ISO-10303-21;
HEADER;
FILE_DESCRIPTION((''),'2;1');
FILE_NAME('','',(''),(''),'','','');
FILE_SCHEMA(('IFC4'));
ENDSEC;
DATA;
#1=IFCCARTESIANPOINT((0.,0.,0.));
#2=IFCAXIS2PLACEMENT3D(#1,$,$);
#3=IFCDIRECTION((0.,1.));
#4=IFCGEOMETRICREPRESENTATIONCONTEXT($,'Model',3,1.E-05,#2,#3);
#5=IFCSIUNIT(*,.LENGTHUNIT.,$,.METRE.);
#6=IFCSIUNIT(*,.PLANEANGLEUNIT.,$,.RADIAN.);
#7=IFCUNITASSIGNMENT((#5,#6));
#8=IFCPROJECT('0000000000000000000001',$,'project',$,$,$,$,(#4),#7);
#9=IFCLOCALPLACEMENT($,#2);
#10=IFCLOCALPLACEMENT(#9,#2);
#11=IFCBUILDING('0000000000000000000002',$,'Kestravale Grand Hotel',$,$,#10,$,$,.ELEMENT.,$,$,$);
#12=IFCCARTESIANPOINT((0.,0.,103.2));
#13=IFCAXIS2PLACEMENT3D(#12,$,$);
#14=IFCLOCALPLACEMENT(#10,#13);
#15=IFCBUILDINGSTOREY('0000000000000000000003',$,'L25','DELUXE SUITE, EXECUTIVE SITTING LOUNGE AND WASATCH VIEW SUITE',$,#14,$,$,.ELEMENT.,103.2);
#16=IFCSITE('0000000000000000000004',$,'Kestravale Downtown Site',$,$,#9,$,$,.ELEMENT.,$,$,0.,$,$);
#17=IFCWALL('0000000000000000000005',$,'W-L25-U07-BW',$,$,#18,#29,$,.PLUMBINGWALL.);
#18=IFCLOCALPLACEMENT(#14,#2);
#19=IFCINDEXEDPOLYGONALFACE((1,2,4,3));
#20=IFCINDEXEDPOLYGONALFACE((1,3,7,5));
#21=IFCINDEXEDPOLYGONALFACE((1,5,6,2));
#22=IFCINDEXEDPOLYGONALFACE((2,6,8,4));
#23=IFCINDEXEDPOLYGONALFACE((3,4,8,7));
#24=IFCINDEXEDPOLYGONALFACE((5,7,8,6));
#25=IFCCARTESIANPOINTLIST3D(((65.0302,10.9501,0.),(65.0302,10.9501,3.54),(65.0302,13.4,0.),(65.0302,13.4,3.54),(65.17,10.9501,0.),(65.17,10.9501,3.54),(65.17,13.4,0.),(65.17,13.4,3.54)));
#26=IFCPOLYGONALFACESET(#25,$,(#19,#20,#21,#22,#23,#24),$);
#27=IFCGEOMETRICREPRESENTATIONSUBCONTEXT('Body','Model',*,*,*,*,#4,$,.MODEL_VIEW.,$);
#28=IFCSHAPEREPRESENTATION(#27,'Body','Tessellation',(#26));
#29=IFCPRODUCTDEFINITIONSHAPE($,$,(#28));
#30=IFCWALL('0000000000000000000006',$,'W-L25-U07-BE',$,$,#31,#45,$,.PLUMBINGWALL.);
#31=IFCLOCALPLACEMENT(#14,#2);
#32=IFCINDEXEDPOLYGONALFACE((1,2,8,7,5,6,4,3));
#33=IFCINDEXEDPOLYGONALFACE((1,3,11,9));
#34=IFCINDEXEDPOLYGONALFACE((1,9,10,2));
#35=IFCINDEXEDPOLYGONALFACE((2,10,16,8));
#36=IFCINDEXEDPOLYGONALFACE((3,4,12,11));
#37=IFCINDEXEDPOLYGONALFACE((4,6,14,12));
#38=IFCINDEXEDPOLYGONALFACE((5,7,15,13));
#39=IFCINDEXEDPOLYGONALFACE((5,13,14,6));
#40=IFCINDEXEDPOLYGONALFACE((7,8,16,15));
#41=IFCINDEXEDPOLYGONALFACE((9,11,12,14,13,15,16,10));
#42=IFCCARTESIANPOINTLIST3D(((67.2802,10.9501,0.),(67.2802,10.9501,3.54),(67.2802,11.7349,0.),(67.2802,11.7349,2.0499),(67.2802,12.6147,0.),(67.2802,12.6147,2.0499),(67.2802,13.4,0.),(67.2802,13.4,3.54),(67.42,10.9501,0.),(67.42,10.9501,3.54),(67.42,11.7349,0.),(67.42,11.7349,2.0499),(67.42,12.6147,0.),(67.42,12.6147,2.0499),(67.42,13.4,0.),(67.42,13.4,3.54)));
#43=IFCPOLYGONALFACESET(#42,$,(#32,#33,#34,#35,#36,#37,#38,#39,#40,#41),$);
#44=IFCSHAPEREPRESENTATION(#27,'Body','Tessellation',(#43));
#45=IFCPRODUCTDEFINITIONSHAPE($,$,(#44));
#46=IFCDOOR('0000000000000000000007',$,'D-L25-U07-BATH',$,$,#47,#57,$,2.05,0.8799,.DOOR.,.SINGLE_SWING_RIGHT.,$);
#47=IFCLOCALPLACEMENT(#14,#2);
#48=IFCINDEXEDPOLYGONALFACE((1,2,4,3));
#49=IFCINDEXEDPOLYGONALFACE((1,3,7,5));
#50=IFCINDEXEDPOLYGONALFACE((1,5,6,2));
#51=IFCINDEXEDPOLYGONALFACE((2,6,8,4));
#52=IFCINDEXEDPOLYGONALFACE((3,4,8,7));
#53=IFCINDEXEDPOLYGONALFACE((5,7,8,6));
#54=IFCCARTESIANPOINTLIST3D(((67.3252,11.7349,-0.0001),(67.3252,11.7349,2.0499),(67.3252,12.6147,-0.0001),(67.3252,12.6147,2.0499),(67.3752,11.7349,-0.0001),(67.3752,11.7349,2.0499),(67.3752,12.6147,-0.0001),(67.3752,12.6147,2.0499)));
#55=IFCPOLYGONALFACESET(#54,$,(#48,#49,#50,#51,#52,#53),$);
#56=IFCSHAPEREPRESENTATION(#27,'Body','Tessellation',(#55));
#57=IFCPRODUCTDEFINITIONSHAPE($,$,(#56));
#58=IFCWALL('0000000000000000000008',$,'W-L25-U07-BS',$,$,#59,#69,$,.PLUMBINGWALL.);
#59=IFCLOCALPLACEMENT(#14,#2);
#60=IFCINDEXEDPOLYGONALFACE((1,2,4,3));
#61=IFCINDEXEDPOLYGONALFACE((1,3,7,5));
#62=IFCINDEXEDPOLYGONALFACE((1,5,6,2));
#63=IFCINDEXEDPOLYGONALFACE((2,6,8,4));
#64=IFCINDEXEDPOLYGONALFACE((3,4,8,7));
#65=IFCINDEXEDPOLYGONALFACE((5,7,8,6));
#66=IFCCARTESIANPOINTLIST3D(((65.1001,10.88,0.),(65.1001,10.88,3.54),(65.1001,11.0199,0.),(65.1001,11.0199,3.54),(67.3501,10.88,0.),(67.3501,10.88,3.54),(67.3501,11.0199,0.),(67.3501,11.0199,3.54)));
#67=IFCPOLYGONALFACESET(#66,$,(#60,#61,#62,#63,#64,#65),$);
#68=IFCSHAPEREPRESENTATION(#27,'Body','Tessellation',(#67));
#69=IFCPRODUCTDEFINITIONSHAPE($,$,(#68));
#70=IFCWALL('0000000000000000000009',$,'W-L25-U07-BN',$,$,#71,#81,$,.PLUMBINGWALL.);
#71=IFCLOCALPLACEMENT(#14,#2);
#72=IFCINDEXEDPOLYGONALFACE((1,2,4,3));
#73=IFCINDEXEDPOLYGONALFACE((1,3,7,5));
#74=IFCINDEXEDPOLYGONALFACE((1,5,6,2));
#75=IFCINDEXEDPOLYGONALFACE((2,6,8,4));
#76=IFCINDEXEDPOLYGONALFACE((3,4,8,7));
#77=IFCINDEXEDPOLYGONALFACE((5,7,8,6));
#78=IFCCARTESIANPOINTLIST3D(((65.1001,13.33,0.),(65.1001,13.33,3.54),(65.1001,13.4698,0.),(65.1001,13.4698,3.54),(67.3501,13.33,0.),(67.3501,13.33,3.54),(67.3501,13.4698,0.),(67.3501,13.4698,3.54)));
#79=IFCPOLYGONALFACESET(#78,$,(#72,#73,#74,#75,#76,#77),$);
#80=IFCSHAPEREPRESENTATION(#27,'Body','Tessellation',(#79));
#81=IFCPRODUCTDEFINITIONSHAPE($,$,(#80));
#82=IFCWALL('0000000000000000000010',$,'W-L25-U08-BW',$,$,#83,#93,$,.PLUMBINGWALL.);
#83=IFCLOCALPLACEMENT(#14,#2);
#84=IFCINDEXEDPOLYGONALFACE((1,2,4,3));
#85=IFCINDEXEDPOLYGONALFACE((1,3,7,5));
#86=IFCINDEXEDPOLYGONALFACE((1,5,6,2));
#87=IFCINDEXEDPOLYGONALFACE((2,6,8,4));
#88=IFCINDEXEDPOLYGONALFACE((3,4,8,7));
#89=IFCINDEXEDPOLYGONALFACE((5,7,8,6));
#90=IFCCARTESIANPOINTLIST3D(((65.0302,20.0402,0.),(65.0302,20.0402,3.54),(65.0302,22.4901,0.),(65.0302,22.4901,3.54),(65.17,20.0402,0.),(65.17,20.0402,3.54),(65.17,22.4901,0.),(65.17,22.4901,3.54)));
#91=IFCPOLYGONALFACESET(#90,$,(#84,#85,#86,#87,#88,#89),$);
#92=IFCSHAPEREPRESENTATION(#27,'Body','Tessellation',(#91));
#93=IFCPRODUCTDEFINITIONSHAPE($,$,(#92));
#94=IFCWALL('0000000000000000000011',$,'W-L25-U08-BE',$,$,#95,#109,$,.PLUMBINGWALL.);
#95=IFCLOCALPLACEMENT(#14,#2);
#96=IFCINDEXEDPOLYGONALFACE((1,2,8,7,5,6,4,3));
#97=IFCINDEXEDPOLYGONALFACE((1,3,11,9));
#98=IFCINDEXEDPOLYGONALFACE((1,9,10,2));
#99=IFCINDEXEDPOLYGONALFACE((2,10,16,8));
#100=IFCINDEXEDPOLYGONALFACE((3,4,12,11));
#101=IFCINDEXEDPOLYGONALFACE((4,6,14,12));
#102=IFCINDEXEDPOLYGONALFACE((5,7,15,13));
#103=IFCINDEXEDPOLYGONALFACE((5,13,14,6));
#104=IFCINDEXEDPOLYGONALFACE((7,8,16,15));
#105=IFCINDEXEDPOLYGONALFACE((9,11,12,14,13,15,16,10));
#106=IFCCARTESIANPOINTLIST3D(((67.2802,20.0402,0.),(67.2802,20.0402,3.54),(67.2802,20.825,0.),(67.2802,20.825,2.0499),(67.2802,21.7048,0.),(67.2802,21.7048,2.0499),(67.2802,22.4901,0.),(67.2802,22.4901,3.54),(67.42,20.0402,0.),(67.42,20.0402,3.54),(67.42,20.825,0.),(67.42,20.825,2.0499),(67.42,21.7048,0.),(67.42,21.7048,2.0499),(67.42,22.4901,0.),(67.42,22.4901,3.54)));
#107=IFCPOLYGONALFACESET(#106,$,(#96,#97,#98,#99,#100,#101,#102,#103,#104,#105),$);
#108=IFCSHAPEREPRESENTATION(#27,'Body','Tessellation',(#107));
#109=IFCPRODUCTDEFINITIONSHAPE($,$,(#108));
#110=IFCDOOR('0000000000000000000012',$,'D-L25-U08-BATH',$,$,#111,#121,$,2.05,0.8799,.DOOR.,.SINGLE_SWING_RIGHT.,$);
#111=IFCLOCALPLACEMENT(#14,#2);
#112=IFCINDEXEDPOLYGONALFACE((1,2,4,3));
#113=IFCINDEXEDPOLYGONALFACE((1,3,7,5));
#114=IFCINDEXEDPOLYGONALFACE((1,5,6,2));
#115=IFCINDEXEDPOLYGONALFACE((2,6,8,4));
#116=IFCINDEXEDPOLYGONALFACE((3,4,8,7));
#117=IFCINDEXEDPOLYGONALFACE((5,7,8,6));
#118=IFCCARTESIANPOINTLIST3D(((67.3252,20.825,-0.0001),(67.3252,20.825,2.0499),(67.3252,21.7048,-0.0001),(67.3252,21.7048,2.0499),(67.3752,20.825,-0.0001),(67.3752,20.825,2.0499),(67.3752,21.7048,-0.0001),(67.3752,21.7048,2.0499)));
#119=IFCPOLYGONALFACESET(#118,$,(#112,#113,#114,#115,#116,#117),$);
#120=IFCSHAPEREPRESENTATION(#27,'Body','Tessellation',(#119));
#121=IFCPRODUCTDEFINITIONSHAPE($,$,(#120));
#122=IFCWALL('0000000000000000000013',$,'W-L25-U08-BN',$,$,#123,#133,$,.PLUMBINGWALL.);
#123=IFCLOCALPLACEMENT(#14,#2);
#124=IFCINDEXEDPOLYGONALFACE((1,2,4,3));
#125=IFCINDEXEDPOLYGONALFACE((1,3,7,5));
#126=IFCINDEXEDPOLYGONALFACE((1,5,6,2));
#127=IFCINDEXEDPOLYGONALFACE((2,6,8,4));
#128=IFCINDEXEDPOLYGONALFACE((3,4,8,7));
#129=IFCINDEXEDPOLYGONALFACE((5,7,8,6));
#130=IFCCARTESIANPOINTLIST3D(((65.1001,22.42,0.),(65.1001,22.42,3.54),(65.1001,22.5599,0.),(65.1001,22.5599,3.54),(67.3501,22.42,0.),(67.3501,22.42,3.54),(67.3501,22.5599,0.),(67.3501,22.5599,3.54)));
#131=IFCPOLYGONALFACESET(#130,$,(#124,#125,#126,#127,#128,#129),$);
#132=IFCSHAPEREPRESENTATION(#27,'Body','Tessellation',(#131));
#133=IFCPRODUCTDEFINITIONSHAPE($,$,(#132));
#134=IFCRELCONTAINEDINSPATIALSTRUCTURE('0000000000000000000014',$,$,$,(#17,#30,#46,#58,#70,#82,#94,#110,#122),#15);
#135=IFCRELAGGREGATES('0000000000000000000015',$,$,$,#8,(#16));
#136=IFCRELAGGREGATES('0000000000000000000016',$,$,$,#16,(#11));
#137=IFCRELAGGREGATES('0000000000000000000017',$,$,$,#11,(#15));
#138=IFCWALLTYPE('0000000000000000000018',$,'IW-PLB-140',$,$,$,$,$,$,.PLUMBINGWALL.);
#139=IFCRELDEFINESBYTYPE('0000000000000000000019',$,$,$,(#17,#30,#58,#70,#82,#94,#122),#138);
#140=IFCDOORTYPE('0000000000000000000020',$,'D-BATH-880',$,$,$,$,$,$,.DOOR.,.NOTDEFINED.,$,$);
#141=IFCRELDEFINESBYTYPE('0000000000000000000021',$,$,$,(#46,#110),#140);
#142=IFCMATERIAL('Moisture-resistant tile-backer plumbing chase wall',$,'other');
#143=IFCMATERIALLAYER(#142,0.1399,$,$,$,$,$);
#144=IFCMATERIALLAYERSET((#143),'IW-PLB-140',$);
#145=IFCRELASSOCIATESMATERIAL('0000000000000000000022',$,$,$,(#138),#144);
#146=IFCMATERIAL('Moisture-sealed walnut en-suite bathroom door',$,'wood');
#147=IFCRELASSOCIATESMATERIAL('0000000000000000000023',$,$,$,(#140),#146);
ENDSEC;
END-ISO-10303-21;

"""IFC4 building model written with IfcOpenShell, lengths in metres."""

from ifc_helpers import new_model, si_unit, direction, frame, frame_2d, origin, place, context, subcontext, project, spatial, rectangle, extrude, material, layer, layer_set, type_object, element, fill, save


model = new_model("IFC4")

# Units and contexts
model_context = context("Model", 3, precision=1e-05, world=origin(), true_north=direction((0.0, 1.0)))
body_context = subcontext(model_context, "Body", "Model", "MODEL_VIEW")
ifc_project = project(units=[si_unit("LENGTHUNIT", "METRE"), si_unit("PLANEANGLEUNIT", "RADIAN")], contexts=[model_context])

# Site, building, storey
site_placement = place(None, origin())
site = spatial("IfcSite", under=ifc_project, at=site_placement, Name="Kestravale Downtown Site", CompositionType="ELEMENT", RefElevation=0.0)
building_placement = place(site_placement, origin())
building = spatial("IfcBuilding", under=site, at=building_placement, Name="Kestravale Grand Hotel", CompositionType="ELEMENT")
storey_placement = place(building_placement, frame((0.0, 0.0, 103.2)))
storey = spatial("IfcBuildingStorey", under=building, at=storey_placement, Name="L25", Description="DELUXE SUITE, EXECUTIVE SITTING LOUNGE AND WASATCH VIEW SUITE", CompositionType="ELEMENT", Elevation=103.2)

# Wall
ifc_material_1 = material(Name="Moisture-resistant tile-backer plumbing chase wall", Category="other")
ifc_layer_1 = layer(ifc_material_1, 0.1399)
ifc_layer_set_1 = layer_set([ifc_layer_1], Name="IW-PLB-140")
wall_type_1 = type_object("IfcWallType", Name="IW-PLB-140", PredefinedType="PLUMBINGWALL", material=ifc_layer_set_1)
wall_1_placement = place(storey_placement, frame((65.1001, 10.95, 0.0), z_axis=(0.0, 0.0, 1.0), x_axis=(0.0, 1.0, 0.0)))
element("IfcWall", 1, at=wall_1_placement, inside=storey, type_object=wall_type_1, Name="W-L25-U07-BW", PredefinedType="PLUMBINGWALL", context=body_context, shape_type="SweptSolid", body=[
    extrude(rectangle(XDim=2.45, YDim=0.1399, at=frame_2d((1.2251, 0.0))), origin(), (0.0, 0.0, 1.0), 3.54),
])

# Wall, opening, door
wall_2_placement = place(storey_placement, frame((67.3501, 10.95, 0.0), z_axis=(0.0, 0.0, 1.0), x_axis=(0.0, 1.0, 0.0)))
wall_2 = element("IfcWall", 2, at=wall_2_placement, inside=storey, type_object=wall_type_1, Name="W-L25-U07-BE", PredefinedType="PLUMBINGWALL", context=body_context, shape_type="SweptSolid", body=[
    extrude(rectangle(XDim=2.45, YDim=0.1399, at=frame_2d((1.2251, 0.0))), origin(), (0.0, 0.0, 1.0), 3.54),
])
opening_1_placement = place(wall_2_placement, frame((0.7849, 0.0, 0.0)))
opening_1 = element("IfcOpeningElement", 3, at=opening_1_placement, cuts=wall_2, PredefinedType="OPENING", context=body_context, shape_type="SweptSolid", body=[
    extrude(rectangle(XDim=0.8799, YDim=2.05, at=frame_2d((0.4399, 1.0249))), frame((0.0, 0.0798, 0.0), z_axis=(0.0, -1.0, 0.0), x_axis=(1.0, 0.0, 0.0)), (0.0, 0.0, 1.0), 0.1599),
])
ifc_material_2 = material(Name="Moisture-sealed walnut en-suite bathroom door", Category="wood")
door_type = type_object("IfcDoorType", Name="D-BATH-880", OperationType="NOTDEFINED", PredefinedType="DOOR", material=ifc_material_2)
door_1_placement = place(opening_1_placement, origin())
door_1 = element("IfcDoor", 4, at=door_1_placement, inside=storey, type_object=door_type, Name="D-L25-U07-BATH", OperationType="SINGLE_SWING_RIGHT", OverallHeight=2.05, OverallWidth=0.8799, PredefinedType="DOOR", context=body_context, shape_type="SweptSolid", body=[
    extrude(rectangle(XDim=0.8799, YDim=2.05, at=frame_2d((0.4399, 1.0249))), frame((0.0, 0.0249, 0.0), z_axis=(0.0, -1.0, 0.0), x_axis=(1.0, 0.0, 0.0)), (0.0, 0.0, 1.0), 0.05),
])
fill(opening_1, door_1)

# Walls
for number, where, z_axis, x_axis, name in (
    (5, (65.1001, 10.95, 0.0), (0.0, 0.0, 1.0), (1.0, 0.0, 0.0), "W-L25-U07-BS"),
    (6, (65.1001, 13.3999, 0.0), (0.0, 0.0, 1.0), (1.0, 0.0, 0.0), "W-L25-U07-BN"),
):
    element("IfcWall", number, at=place(storey_placement, frame(where, z_axis=z_axis, x_axis=x_axis)), inside=storey, type_object=wall_type_1, Name=name, PredefinedType="PLUMBINGWALL", context=body_context, shape_type="SweptSolid", body=[
        extrude(rectangle(XDim=2.25, YDim=0.1399, at=frame_2d((1.125, 0.0))), origin(), (0.0, 0.0, 1.0), 3.54),
    ])
wall_3_placement = place(storey_placement, frame((65.1001, 20.04, 0.0), z_axis=(0.0, 0.0, 1.0), x_axis=(0.0, 1.0, 0.0)))
element("IfcWall", 7, at=wall_3_placement, inside=storey, type_object=wall_type_1, Name="W-L25-U08-BW", PredefinedType="PLUMBINGWALL", context=body_context, shape_type="SweptSolid", body=[
    extrude(rectangle(XDim=2.45, YDim=0.1399, at=frame_2d((1.2251, 0.0))), origin(), (0.0, 0.0, 1.0), 3.54),
])

# Wall, opening, door
wall_4_placement = place(storey_placement, frame((67.3501, 20.04, 0.0), z_axis=(0.0, 0.0, 1.0), x_axis=(0.0, 1.0, 0.0)))
wall_4 = element("IfcWall", 8, at=wall_4_placement, inside=storey, type_object=wall_type_1, Name="W-L25-U08-BE", PredefinedType="PLUMBINGWALL", context=body_context, shape_type="SweptSolid", body=[
    extrude(rectangle(XDim=2.45, YDim=0.1399, at=frame_2d((1.2251, 0.0))), origin(), (0.0, 0.0, 1.0), 3.54),
])
opening_2_placement = place(wall_4_placement, frame((0.7849, 0.0, 0.0)))
opening_2 = element("IfcOpeningElement", 9, at=opening_2_placement, cuts=wall_4, PredefinedType="OPENING", context=body_context, shape_type="SweptSolid", body=[
    extrude(rectangle(XDim=0.8799, YDim=2.05, at=frame_2d((0.4399, 1.0249))), frame((0.0, 0.0798, 0.0), z_axis=(0.0, -1.0, 0.0), x_axis=(1.0, 0.0, 0.0)), (0.0, 0.0, 1.0), 0.1599),
])
door_2_placement = place(opening_2_placement, origin())
door_2 = element("IfcDoor", 10, at=door_2_placement, inside=storey, type_object=door_type, Name="D-L25-U08-BATH", OperationType="SINGLE_SWING_RIGHT", OverallHeight=2.05, OverallWidth=0.8799, PredefinedType="DOOR", context=body_context, shape_type="SweptSolid", body=[
    extrude(rectangle(XDim=0.8799, YDim=2.05, at=frame_2d((0.4399, 1.0249))), frame((0.0, 0.0249, 0.0), z_axis=(0.0, -1.0, 0.0), x_axis=(1.0, 0.0, 0.0)), (0.0, 0.0, 1.0), 0.05),
])
fill(opening_2, door_2)

# Wall
wall_5_placement = place(storey_placement, frame((65.1001, 22.49, 0.0), z_axis=(0.0, 0.0, 1.0), x_axis=(1.0, 0.0, 0.0)))
element("IfcWall", 11, at=wall_5_placement, inside=storey, type_object=wall_type_1, Name="W-L25-U08-BN", PredefinedType="PLUMBINGWALL", context=body_context, shape_type="SweptSolid", body=[
    extrude(rectangle(XDim=2.25, YDim=0.1399, at=frame_2d((1.125, 0.0))), origin(), (0.0, 0.0, 1.0), 3.54),
])

save(model, "model.ifc")
